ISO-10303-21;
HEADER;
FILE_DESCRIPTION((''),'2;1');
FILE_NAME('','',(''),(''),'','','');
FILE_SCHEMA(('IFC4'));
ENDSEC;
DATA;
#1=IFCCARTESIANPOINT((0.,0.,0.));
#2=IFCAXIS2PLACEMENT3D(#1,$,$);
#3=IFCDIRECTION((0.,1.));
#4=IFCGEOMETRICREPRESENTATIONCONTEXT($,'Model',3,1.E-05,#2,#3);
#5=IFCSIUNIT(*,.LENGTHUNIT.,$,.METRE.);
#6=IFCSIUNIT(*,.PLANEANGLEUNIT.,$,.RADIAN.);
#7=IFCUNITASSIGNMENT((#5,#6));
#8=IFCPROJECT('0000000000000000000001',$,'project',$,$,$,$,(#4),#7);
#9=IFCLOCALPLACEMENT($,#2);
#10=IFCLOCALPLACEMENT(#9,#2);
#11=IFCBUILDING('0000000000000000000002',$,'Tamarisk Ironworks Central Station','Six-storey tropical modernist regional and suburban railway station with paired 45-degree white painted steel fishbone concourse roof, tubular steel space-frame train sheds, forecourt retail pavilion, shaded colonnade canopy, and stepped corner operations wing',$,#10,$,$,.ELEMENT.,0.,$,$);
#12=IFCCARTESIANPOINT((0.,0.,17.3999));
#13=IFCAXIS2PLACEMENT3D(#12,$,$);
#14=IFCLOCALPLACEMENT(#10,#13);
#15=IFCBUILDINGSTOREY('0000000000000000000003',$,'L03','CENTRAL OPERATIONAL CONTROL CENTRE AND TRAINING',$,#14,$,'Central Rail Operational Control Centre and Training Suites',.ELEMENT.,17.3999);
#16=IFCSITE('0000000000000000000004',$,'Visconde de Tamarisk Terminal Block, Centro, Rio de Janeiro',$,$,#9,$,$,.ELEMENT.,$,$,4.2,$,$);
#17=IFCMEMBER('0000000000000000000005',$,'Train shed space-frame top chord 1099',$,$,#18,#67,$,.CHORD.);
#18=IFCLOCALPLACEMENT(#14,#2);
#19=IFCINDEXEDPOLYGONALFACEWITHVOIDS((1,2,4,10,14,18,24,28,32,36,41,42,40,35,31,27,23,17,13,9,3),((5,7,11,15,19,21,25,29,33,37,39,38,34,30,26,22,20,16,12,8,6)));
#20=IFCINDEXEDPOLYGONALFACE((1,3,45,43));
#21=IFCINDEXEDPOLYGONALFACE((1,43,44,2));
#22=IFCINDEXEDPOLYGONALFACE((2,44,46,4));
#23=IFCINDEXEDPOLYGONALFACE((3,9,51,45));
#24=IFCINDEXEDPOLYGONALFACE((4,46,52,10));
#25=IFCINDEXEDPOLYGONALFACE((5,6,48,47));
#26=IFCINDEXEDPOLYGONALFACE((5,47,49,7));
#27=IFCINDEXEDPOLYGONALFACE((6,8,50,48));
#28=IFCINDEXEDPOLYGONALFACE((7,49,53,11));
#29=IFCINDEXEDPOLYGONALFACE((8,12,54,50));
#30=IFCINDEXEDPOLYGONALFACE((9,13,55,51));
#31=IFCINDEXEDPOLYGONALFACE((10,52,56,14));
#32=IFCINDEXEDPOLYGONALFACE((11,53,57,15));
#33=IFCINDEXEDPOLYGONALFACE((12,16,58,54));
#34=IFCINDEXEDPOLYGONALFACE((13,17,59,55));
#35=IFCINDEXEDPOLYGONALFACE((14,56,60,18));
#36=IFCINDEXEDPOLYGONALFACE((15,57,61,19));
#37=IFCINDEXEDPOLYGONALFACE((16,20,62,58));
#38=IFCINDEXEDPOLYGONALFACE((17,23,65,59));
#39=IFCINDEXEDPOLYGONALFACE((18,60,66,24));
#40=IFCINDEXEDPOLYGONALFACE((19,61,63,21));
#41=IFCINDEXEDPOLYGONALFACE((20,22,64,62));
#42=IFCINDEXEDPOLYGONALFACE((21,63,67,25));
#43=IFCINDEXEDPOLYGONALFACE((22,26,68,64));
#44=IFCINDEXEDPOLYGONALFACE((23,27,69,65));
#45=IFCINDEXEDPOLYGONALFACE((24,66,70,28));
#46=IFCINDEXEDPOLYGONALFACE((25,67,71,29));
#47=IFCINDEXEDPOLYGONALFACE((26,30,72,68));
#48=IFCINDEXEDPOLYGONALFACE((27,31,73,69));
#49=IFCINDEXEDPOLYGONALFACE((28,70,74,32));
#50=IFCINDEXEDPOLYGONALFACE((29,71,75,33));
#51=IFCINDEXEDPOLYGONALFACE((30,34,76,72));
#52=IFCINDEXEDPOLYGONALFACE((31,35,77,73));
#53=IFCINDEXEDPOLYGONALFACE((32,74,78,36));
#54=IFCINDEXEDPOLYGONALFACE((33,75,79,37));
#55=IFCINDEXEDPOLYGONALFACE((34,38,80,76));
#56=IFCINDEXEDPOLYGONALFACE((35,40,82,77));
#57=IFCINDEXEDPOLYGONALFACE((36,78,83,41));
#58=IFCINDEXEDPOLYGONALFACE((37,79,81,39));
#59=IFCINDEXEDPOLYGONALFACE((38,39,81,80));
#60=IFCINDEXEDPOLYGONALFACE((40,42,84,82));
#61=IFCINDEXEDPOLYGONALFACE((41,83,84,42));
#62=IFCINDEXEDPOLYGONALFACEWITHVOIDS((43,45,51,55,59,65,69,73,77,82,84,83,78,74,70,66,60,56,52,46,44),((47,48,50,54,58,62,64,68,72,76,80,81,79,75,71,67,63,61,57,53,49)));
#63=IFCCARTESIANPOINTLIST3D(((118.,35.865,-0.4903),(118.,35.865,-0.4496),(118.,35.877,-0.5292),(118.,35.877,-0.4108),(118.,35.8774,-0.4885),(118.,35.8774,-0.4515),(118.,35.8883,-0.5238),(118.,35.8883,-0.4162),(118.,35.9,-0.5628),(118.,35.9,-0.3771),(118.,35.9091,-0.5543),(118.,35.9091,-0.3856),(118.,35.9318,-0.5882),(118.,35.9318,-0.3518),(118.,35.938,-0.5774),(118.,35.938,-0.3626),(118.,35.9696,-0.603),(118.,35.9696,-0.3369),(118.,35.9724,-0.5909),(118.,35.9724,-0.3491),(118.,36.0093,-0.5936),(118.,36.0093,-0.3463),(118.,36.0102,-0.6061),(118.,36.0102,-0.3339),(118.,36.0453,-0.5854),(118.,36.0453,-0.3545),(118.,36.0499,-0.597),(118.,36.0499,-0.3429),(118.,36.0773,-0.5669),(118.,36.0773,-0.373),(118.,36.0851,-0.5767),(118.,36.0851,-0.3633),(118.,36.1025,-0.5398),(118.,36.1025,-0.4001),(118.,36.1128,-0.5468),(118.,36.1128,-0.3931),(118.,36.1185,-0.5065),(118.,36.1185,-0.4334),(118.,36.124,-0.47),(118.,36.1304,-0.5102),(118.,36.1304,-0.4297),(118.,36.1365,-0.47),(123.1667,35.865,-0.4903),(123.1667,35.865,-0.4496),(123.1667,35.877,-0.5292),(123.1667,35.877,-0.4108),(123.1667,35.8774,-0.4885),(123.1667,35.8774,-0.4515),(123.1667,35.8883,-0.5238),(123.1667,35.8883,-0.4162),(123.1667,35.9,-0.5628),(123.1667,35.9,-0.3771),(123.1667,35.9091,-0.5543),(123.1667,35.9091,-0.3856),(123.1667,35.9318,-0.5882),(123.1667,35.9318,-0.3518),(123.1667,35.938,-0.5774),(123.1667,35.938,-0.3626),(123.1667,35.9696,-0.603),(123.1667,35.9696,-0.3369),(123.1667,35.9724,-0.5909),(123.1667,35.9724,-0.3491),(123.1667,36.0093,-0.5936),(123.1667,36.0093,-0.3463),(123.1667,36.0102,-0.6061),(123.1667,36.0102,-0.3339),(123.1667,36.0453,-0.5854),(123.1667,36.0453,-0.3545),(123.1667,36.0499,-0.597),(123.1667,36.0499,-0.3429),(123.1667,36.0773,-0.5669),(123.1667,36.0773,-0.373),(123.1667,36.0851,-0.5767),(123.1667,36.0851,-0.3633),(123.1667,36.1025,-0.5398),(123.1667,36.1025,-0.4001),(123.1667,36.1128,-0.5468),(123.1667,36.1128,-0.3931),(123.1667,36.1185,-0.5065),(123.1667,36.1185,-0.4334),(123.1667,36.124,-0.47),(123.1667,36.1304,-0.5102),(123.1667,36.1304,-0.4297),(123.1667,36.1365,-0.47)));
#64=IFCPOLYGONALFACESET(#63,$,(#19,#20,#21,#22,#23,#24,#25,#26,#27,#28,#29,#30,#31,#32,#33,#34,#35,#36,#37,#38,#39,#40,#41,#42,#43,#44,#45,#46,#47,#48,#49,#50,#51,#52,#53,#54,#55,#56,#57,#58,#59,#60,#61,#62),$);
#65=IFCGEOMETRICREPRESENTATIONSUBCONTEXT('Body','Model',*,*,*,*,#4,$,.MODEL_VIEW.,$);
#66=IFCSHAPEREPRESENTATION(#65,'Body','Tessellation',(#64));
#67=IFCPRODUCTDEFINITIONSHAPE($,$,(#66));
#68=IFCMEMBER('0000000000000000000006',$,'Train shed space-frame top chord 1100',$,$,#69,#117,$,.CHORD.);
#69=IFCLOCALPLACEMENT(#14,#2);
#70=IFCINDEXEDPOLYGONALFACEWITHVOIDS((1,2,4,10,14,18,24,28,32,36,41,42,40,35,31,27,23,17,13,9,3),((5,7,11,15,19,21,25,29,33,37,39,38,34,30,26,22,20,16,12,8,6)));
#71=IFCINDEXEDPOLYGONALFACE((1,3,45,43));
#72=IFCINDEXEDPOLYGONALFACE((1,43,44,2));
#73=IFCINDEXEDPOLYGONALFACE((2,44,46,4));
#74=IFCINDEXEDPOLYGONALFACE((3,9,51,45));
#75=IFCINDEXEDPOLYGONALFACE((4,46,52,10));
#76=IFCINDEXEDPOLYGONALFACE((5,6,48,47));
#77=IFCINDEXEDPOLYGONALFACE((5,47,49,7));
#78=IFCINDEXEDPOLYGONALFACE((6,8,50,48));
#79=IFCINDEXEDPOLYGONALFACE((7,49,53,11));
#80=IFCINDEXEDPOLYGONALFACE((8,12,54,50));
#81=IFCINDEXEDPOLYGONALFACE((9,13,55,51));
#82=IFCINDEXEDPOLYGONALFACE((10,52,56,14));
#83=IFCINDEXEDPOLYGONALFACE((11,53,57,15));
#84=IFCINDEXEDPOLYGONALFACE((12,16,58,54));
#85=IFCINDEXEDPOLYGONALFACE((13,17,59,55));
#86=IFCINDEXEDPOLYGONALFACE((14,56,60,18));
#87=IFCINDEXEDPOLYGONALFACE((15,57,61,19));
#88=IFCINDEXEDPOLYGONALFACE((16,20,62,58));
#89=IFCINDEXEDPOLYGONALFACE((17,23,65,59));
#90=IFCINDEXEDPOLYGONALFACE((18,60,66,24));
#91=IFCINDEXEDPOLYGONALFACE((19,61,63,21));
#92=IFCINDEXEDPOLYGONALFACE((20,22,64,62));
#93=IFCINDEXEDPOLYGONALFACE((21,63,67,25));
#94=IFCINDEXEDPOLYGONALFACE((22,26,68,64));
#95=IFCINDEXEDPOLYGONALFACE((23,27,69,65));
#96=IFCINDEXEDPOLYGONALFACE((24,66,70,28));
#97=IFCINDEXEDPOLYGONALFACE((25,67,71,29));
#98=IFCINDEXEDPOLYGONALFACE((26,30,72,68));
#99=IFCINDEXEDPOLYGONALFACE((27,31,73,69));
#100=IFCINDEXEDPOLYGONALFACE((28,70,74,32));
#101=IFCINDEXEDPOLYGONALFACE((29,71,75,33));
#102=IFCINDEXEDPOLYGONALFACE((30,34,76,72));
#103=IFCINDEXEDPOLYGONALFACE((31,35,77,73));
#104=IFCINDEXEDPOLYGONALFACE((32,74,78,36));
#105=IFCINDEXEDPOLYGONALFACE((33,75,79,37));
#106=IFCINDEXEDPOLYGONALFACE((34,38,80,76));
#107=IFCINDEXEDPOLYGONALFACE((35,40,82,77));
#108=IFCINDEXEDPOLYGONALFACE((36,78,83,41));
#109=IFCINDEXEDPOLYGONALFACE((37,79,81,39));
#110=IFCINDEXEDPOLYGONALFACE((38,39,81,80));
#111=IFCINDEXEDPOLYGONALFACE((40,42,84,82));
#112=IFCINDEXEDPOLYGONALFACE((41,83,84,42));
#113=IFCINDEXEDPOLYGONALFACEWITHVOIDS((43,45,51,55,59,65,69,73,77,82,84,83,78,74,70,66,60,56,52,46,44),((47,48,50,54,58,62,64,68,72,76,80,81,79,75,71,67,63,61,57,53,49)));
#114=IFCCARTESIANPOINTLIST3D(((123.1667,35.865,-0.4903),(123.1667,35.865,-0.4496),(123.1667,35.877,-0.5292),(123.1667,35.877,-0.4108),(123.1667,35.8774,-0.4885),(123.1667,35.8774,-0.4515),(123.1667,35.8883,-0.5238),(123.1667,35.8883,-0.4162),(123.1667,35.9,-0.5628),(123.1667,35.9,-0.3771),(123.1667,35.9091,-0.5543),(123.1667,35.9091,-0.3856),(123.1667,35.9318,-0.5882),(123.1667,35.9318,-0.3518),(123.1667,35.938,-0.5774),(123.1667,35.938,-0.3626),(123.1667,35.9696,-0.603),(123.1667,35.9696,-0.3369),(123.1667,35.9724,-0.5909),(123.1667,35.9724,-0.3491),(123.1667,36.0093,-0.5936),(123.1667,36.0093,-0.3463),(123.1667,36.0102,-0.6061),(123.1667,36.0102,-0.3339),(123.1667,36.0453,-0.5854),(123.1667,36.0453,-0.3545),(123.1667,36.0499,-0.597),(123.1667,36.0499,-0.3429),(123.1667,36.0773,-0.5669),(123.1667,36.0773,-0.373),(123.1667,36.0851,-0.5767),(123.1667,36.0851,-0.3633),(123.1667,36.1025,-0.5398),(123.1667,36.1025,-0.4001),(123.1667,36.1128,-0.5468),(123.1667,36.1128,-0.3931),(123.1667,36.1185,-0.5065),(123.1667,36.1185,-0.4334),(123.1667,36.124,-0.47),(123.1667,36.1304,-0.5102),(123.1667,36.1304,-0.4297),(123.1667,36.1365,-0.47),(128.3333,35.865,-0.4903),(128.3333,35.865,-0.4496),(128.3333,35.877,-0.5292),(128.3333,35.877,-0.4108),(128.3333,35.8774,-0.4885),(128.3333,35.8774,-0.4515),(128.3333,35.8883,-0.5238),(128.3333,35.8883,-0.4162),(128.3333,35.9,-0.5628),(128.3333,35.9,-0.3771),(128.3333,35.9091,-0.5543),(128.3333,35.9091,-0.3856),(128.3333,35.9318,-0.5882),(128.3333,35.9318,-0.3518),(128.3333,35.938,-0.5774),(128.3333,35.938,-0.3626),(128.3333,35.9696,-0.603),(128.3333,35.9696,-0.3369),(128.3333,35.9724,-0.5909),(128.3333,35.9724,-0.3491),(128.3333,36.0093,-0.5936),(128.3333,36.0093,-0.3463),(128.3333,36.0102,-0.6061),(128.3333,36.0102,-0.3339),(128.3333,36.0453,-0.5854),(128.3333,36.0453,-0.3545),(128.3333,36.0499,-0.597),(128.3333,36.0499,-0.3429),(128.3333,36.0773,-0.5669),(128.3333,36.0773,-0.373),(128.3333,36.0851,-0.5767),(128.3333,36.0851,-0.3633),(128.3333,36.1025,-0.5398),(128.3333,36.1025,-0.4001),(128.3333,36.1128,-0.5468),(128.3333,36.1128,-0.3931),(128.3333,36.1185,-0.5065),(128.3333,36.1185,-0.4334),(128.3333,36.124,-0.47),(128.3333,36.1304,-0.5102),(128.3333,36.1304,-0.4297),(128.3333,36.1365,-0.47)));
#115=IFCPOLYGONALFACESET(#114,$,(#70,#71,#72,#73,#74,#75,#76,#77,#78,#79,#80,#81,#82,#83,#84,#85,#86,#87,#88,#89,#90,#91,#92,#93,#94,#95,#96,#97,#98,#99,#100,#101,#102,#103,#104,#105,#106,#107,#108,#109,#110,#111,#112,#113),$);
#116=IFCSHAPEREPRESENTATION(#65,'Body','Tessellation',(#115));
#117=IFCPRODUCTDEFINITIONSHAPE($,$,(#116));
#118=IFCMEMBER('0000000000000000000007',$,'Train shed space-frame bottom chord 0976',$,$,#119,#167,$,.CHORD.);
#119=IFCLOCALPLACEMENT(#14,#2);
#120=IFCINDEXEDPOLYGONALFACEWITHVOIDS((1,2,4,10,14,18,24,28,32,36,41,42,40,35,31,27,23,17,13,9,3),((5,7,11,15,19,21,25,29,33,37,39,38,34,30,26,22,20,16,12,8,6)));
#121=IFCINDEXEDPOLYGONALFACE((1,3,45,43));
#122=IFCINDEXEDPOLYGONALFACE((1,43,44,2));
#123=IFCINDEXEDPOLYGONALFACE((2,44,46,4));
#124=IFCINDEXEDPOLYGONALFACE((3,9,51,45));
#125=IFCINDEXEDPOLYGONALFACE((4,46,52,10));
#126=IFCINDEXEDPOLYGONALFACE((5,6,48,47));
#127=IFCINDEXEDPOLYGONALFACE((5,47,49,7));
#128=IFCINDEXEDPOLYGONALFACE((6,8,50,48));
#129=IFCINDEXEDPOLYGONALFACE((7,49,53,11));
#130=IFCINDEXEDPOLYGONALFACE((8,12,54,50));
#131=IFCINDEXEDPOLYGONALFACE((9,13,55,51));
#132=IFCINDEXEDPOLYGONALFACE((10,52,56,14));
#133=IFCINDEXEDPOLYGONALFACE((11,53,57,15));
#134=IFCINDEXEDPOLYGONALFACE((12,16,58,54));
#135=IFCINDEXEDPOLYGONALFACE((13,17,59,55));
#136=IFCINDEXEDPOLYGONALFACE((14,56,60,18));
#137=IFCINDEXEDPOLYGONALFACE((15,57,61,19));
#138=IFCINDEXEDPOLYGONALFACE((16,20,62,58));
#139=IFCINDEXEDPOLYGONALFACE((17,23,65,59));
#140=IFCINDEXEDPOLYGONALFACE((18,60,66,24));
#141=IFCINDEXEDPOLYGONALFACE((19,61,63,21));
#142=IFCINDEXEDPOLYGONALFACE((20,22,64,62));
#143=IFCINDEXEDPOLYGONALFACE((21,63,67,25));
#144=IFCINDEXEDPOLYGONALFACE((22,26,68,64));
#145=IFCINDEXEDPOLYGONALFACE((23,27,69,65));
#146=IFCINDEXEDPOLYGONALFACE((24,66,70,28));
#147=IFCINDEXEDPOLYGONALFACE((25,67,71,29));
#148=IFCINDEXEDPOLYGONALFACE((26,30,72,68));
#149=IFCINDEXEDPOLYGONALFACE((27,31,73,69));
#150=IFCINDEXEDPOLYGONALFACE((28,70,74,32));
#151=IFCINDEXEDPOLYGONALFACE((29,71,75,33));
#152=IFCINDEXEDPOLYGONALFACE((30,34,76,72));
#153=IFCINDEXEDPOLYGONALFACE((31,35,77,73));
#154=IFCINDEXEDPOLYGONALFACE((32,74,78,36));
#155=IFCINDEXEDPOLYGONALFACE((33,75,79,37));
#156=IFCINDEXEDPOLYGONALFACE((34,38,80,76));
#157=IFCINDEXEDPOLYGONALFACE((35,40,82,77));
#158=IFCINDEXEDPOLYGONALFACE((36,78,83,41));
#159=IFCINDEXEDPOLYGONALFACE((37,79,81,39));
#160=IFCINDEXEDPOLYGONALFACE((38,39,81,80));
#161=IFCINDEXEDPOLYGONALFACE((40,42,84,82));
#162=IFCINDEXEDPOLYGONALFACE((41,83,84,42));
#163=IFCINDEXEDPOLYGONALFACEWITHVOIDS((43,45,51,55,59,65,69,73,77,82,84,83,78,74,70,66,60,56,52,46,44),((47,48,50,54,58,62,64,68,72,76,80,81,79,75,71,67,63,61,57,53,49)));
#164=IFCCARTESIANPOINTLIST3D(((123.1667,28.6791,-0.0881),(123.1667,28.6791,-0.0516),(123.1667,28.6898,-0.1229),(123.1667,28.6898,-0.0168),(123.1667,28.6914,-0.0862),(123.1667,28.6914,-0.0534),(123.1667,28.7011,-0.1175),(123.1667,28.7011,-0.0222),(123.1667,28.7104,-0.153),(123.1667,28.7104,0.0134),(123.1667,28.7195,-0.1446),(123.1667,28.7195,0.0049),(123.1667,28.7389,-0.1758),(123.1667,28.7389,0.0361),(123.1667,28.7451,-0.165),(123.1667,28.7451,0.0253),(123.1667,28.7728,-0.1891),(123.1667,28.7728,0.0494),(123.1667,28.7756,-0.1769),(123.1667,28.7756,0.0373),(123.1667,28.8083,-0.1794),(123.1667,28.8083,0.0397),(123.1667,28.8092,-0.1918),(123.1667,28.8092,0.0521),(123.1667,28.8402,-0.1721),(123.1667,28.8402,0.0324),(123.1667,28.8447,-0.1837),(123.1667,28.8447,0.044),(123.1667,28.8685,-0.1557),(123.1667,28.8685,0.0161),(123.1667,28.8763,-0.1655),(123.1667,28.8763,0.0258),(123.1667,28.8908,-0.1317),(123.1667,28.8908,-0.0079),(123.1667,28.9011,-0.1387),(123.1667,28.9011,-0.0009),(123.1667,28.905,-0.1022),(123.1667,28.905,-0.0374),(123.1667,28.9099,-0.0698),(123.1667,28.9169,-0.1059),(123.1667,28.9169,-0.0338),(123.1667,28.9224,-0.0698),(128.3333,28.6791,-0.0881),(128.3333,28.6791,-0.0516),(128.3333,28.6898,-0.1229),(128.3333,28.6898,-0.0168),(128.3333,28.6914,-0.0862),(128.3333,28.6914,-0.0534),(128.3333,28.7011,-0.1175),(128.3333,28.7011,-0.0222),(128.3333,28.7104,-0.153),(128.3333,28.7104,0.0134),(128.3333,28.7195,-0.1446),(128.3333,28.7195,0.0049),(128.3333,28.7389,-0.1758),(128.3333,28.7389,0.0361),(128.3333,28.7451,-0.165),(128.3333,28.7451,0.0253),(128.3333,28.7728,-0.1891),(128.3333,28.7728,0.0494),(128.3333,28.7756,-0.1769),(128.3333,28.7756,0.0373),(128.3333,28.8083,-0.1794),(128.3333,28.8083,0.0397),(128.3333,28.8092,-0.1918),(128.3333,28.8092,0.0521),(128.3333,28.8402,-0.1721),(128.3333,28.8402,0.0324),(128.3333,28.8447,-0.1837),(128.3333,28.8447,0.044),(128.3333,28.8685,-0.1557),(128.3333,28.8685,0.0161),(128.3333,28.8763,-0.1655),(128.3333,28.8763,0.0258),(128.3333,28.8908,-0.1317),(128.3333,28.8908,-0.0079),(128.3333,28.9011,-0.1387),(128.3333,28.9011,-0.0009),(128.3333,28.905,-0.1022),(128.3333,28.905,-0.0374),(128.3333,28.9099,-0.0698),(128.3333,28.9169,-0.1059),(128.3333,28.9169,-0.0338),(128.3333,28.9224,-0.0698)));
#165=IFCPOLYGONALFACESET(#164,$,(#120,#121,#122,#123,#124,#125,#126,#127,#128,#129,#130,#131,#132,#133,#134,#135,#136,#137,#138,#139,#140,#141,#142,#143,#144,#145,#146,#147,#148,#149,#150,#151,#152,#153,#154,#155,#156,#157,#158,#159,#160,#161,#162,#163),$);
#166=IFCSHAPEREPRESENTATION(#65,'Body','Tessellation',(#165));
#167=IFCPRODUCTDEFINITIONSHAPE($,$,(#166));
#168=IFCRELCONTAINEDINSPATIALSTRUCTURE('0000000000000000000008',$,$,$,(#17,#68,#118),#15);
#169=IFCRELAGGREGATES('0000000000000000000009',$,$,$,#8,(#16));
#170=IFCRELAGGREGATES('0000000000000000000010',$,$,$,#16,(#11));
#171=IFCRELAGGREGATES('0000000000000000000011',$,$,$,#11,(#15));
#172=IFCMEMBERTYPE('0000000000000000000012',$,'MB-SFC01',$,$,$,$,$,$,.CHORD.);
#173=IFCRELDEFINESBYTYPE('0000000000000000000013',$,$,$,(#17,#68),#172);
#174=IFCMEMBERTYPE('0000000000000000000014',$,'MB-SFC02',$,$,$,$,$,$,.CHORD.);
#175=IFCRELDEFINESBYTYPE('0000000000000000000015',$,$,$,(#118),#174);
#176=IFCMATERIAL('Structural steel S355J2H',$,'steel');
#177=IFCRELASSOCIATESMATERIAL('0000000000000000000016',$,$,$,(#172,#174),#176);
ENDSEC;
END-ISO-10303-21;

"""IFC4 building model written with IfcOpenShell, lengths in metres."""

from ifc_helpers import new_model, si_unit, direction, frame, origin, origin_2d, place, context, subcontext, project, spatial, hollow_circle, extrude, material, material_profile, profile_set, type_object, element, save


model = new_model("IFC4")

# Units and contexts
model_context = context("Model", 3, precision=1e-05, world=origin(), true_north=direction((0.0, 1.0)))
body_context = subcontext(model_context, "Body", "Model", "MODEL_VIEW")
ifc_project = project(units=[si_unit("LENGTHUNIT", "METRE"), si_unit("PLANEANGLEUNIT", "RADIAN")], contexts=[model_context])

# Site, building, storey
site_placement = place(None, origin())
site = spatial("IfcSite", under=ifc_project, at=site_placement, Name="Visconde de Tamarisk Terminal Block, Centro, Rio de Janeiro", CompositionType="ELEMENT", RefElevation=4.2)
building_placement = place(site_placement, origin())
building = spatial("IfcBuilding", under=site, at=building_placement, Name="Tamarisk Ironworks Central Station", Description="Six-storey tropical modernist regional and suburban railway station with paired 45-degree white painted steel fishbone concourse roof, tubular steel space-frame train sheds, forecourt retail pavilion, shaded colonnade canopy, and stepped corner operations wing", CompositionType="ELEMENT", ElevationOfRefHeight=0.0)
storey_placement = place(building_placement, frame((0.0, 0.0, 17.3999)))
storey = spatial("IfcBuildingStorey", under=building, at=storey_placement, Name="L03", Description="CENTRAL OPERATIONAL CONTROL CENTRE AND TRAINING", LongName="Central Rail Operational Control Centre and Training Suites", CompositionType="ELEMENT", Elevation=17.3999)

# Members
ifc_material_1 = material(Name="Structural steel S355J2H", Category="steel")
ifc_material_profile_1 = material_profile(ifc_material_1, hollow_circle(Radius=0.1365, WallThickness=0.0125, at=origin_2d()), Name="CHS 273x12.5")
ifc_profile_set_1 = profile_set([ifc_material_profile_1], Name="Structural steel S355J2H")
member_type_1 = type_object("IfcMemberType", Name="MB-SFC01", PredefinedType="CHORD", material=ifc_profile_set_1)
member_1_placement = place(storey_placement, frame((118.0, 36.0, -0.47), z_axis=(1.0, 0.0, 0.0), x_axis=(0.0, 1.0, 0.0)))
element("IfcMember", 1, at=member_1_placement, inside=storey, type_object=member_type_1, Name="Train shed space-frame top chord 1099", PredefinedType="CHORD", context=body_context, shape_type="SweptSolid", body=[
    extrude(hollow_circle(Radius=0.1365, WallThickness=0.0125, at=origin_2d()), origin(), (0.0, 0.0, 1.0), 5.1667),
])
member_2_placement = place(storey_placement, frame((123.1667, 36.0, -0.47), z_axis=(1.0, 0.0, 0.0), x_axis=(0.0, 1.0, 0.0)))
element("IfcMember", 2, at=member_2_placement, inside=storey, type_object=member_type_1, Name="Train shed space-frame top chord 1100", PredefinedType="CHORD", context=body_context, shape_type="SweptSolid", body=[
    extrude(hollow_circle(Radius=0.1365, WallThickness=0.0125, at=origin_2d()), origin(), (0.0, 0.0, 1.0), 5.1665),
])
ifc_material_profile_2 = material_profile(ifc_material_1, hollow_circle(Radius=0.1223, WallThickness=0.0125, at=origin_2d()), Name="CHS 244.5x12.5")
ifc_profile_set_2 = profile_set([ifc_material_profile_2], Name="Structural steel S355J2H")
member_type_2 = type_object("IfcMemberType", Name="MB-SFC02", PredefinedType="CHORD", material=ifc_profile_set_2)
for number, where, z_axis, x_axis, name in (
    (3, (123.1667, 28.8, -0.0698), (1.0, 0.0, 0.0), (0.0, 1.0, 0.0), "Train shed space-frame bottom chord 0976"),
):
    element("IfcMember", number, at=place(storey_placement, frame(where, z_axis=z_axis, x_axis=x_axis)), inside=storey, type_object=member_type_2, Name=name, PredefinedType="CHORD", context=body_context, shape_type="SweptSolid", body=[
        extrude(hollow_circle(Radius=0.1223, WallThickness=0.0125, at=origin_2d()), origin(), (0.0, 0.0, 1.0), 5.1665),
    ])

save(model, "model.ifc")
